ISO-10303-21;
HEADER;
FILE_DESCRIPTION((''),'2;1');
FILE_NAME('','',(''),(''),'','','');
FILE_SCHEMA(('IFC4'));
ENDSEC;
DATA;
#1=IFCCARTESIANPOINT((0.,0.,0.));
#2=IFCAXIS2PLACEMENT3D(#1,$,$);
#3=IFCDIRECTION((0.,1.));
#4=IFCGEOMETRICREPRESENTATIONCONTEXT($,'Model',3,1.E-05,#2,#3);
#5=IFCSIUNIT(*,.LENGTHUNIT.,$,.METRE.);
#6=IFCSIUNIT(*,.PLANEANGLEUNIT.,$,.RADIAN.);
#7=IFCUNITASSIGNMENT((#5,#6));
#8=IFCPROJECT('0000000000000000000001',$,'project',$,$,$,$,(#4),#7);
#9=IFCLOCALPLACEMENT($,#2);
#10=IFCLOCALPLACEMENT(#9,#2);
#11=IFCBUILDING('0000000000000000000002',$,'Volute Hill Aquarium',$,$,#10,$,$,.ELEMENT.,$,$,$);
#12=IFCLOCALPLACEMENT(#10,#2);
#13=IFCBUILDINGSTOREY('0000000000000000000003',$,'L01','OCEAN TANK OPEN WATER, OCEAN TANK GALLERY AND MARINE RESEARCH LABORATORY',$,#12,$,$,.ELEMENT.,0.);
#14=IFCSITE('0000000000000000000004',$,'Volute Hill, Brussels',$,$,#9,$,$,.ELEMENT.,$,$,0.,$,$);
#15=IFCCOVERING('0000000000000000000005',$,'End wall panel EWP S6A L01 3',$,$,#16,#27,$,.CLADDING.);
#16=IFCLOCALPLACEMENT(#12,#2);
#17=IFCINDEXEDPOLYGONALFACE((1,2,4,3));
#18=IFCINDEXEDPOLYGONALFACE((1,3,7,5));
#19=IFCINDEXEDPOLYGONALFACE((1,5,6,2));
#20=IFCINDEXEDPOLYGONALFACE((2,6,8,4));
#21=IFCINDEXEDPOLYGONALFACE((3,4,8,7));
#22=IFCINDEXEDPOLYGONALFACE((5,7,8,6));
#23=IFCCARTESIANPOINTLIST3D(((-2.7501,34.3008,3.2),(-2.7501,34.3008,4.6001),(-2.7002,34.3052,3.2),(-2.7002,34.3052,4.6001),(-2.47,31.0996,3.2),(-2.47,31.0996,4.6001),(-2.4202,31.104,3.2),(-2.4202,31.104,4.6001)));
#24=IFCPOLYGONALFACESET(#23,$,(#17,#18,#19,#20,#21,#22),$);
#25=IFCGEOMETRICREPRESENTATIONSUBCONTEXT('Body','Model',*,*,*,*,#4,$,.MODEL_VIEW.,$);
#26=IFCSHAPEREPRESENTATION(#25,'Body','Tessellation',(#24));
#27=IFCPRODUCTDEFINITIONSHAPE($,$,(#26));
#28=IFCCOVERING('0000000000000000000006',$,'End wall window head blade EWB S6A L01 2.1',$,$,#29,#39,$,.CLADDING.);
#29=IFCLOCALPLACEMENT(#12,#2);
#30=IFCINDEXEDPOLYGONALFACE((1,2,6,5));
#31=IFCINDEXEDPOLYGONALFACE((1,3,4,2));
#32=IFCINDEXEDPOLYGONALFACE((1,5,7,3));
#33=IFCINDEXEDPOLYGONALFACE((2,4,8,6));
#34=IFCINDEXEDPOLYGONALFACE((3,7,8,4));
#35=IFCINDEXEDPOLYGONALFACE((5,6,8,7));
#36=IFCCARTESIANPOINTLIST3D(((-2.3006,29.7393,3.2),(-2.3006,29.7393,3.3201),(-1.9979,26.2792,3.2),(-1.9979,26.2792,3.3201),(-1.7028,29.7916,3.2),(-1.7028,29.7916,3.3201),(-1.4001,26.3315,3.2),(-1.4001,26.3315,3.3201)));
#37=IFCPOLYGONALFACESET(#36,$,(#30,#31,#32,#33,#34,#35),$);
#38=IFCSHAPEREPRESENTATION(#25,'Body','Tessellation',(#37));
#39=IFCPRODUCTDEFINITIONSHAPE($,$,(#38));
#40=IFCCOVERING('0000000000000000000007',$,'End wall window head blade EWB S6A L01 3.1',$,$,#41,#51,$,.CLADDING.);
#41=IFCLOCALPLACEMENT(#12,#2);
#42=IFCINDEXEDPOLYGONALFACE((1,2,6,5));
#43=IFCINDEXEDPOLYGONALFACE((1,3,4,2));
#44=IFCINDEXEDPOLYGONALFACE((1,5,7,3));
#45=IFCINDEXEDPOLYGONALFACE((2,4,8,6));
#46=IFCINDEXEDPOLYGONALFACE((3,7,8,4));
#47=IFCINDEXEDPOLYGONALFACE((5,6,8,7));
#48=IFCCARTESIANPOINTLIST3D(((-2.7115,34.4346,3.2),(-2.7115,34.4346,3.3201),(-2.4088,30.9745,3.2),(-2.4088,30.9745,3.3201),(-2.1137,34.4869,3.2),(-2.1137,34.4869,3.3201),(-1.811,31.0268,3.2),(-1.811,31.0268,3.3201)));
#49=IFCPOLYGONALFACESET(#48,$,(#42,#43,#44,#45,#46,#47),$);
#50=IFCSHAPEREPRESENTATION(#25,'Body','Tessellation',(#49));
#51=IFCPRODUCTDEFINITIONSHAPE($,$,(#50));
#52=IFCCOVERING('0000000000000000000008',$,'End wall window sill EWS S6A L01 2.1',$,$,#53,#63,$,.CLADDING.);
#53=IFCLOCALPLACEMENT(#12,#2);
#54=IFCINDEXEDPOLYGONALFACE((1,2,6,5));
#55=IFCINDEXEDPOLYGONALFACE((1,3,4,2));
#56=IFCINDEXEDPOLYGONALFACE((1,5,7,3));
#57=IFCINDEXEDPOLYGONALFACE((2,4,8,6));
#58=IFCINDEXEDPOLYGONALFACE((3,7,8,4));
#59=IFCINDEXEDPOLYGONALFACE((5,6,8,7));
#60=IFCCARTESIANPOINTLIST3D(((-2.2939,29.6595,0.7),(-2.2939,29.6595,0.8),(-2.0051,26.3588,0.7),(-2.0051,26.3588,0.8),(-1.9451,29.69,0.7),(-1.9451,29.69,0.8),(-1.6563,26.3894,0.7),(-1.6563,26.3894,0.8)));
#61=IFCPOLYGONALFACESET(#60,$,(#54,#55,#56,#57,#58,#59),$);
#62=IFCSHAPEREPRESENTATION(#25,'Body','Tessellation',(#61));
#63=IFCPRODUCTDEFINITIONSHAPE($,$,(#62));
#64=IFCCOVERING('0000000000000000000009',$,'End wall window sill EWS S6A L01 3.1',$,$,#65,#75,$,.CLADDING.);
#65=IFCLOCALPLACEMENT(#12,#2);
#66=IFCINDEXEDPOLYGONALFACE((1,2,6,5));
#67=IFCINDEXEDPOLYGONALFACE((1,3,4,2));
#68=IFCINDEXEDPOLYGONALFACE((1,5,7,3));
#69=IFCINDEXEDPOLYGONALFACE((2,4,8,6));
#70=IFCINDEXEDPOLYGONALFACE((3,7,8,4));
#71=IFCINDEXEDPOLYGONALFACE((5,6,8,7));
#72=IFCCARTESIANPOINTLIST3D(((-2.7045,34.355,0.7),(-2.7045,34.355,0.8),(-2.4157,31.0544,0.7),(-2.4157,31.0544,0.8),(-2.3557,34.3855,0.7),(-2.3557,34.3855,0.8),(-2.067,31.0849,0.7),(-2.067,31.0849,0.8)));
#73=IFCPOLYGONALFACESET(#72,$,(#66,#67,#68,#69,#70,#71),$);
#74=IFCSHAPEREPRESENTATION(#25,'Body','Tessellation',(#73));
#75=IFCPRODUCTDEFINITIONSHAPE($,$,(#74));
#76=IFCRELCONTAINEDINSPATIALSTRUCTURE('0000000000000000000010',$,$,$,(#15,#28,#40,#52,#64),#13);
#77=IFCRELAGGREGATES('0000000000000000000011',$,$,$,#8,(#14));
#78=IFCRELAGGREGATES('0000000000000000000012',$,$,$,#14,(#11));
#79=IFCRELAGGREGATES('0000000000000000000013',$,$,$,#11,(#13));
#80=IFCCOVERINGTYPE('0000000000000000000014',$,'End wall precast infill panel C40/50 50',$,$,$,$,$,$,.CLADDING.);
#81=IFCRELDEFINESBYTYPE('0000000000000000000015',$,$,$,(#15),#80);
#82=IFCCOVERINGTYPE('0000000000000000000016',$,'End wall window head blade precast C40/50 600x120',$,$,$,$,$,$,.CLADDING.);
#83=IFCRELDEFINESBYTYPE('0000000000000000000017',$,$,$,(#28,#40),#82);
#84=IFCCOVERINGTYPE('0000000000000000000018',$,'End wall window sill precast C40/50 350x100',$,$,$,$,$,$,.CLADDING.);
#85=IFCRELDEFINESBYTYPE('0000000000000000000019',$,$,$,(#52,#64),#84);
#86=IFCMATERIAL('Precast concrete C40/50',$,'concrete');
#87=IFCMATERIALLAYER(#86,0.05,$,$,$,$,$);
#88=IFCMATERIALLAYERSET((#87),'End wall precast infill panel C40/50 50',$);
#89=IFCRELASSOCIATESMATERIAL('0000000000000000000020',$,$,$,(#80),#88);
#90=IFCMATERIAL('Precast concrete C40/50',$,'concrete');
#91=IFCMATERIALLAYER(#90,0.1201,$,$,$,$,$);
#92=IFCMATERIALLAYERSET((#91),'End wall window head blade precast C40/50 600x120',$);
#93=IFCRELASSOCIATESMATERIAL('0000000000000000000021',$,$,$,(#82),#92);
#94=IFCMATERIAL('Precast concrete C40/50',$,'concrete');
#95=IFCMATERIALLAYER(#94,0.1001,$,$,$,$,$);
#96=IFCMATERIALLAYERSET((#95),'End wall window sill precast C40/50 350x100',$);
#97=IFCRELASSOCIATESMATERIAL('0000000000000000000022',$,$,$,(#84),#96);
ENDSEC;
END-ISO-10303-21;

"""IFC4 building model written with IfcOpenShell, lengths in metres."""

from ifc_helpers import new_model, si_unit, direction, frame, origin, origin_2d, place, context, subcontext, project, spatial, polyline, rectangle, outline, extrude, material, layer, layer_set, type_object, element, save


model = new_model("IFC4")

# Units and contexts
model_context = context("Model", 3, precision=1e-05, world=origin(), true_north=direction((0.0, 1.0)))
body_context = subcontext(model_context, "Body", "Model", "MODEL_VIEW")
ifc_project = project(units=[si_unit("LENGTHUNIT", "METRE"), si_unit("PLANEANGLEUNIT", "RADIAN")], contexts=[model_context])

# Site, building, storey
site_placement = place(None, origin())
site = spatial("IfcSite", under=ifc_project, at=site_placement, Name="Volute Hill, Brussels", CompositionType="ELEMENT", RefElevation=0.0)
building_placement = place(site_placement, origin())
building = spatial("IfcBuilding", under=site, at=building_placement, Name="Volute Hill Aquarium", CompositionType="ELEMENT")
storey_placement = place(building_placement, origin())
storey = spatial("IfcBuildingStorey", under=building, at=storey_placement, Name="L01", Description="OCEAN TANK OPEN WATER, OCEAN TANK GALLERY AND MARINE RESEARCH LABORATORY", CompositionType="ELEMENT", Elevation=0.0)

# Coverings
ifc_material_1 = material(Name="Precast concrete C40/50", Category="concrete")
ifc_layer_1 = layer(ifc_material_1, 0.05)
ifc_layer_set_1 = layer_set([ifc_layer_1], Name="End wall precast infill panel C40/50 50")
covering_type_1 = type_object("IfcCoveringType", Name="End wall precast infill panel C40/50 50", PredefinedType="CLADDING", material=ifc_layer_set_1)
covering_1_placement = place(storey_placement, frame((-2.4202, 31.104, 3.2), z_axis=(0.996196, 0.087144, 0.0), x_axis=(-0.087144, 0.996196, 0.0)))
element("IfcCovering", 1, at=covering_1_placement, inside=storey, type_object=covering_type_1, Name="End wall panel EWP S6A L01 3", PredefinedType="CLADDING", context=body_context, shape_type="SweptSolid", body=[
    extrude(outline(polyline([(0.0, 0.0), (3.2134, 0.0), (3.2134, 1.4001), (0.0, 1.4001), (0.0, 0.0)])), origin(), (0.0, 0.0, -1.0), 0.05),
])
ifc_material_2 = material(Name="Precast concrete C40/50", Category="concrete")
ifc_layer_2 = layer(ifc_material_2, 0.1201)
ifc_layer_set_2 = layer_set([ifc_layer_2], Name="End wall window head blade precast C40/50 600x120")
covering_type_2 = type_object("IfcCoveringType", Name="End wall window head blade precast C40/50 600x120", PredefinedType="CLADDING", material=ifc_layer_set_2)
for number, where, z_axis, x_axis, name in (
    (2, (-1.8503, 28.0354, 3.2), (0.0, 0.0, 1.0), (-0.087158, 0.996194, 0.0), "End wall window head blade EWB S6A L01 2.1"),
    (3, (-2.2612, 32.7307, 3.2), (0.0, 0.0, 1.0), (-0.087158, 0.996194, 0.0), "End wall window head blade EWB S6A L01 3.1"),
):
    element("IfcCovering", number, at=place(storey_placement, frame(where, z_axis=z_axis, x_axis=x_axis)), inside=storey, type_object=covering_type_2, Name=name, PredefinedType="CLADDING", context=body_context, shape_type="SweptSolid", body=[
        extrude(rectangle(XDim=3.4734, YDim=0.6001, at=origin_2d()), origin(), (0.0, 0.0, 1.0), 0.1201),
    ])
ifc_material_3 = material(Name="Precast concrete C40/50", Category="concrete")
ifc_layer_3 = layer(ifc_material_3, 0.1001)
ifc_layer_set_3 = layer_set([ifc_layer_3], Name="End wall window sill precast C40/50 350x100")
covering_type_3 = type_object("IfcCoveringType", Name="End wall window sill precast C40/50 350x100", PredefinedType="CLADDING", material=ifc_layer_set_3)
for number, where, z_axis, x_axis, name in (
    (4, (-1.9751, 28.0244, 0.7), (0.0, 0.0, 1.0), (-0.087158, 0.996194, 0.0), "End wall window sill EWS S6A L01 2.1"),
    (5, (-2.3857, 32.72, 0.7), (0.0, 0.0, 1.0), (-0.087158, 0.996194, 0.0), "End wall window sill EWS S6A L01 3.1"),
):
    element("IfcCovering", number, at=place(storey_placement, frame(where, z_axis=z_axis, x_axis=x_axis)), inside=storey, type_object=covering_type_3, Name=name, PredefinedType="CLADDING", context=body_context, shape_type="SweptSolid", body=[
        extrude(rectangle(XDim=3.3132, YDim=0.3501, at=origin_2d()), origin(), (0.0, 0.0, 1.0), 0.1001),
    ])

save(model, "model.ifc")
